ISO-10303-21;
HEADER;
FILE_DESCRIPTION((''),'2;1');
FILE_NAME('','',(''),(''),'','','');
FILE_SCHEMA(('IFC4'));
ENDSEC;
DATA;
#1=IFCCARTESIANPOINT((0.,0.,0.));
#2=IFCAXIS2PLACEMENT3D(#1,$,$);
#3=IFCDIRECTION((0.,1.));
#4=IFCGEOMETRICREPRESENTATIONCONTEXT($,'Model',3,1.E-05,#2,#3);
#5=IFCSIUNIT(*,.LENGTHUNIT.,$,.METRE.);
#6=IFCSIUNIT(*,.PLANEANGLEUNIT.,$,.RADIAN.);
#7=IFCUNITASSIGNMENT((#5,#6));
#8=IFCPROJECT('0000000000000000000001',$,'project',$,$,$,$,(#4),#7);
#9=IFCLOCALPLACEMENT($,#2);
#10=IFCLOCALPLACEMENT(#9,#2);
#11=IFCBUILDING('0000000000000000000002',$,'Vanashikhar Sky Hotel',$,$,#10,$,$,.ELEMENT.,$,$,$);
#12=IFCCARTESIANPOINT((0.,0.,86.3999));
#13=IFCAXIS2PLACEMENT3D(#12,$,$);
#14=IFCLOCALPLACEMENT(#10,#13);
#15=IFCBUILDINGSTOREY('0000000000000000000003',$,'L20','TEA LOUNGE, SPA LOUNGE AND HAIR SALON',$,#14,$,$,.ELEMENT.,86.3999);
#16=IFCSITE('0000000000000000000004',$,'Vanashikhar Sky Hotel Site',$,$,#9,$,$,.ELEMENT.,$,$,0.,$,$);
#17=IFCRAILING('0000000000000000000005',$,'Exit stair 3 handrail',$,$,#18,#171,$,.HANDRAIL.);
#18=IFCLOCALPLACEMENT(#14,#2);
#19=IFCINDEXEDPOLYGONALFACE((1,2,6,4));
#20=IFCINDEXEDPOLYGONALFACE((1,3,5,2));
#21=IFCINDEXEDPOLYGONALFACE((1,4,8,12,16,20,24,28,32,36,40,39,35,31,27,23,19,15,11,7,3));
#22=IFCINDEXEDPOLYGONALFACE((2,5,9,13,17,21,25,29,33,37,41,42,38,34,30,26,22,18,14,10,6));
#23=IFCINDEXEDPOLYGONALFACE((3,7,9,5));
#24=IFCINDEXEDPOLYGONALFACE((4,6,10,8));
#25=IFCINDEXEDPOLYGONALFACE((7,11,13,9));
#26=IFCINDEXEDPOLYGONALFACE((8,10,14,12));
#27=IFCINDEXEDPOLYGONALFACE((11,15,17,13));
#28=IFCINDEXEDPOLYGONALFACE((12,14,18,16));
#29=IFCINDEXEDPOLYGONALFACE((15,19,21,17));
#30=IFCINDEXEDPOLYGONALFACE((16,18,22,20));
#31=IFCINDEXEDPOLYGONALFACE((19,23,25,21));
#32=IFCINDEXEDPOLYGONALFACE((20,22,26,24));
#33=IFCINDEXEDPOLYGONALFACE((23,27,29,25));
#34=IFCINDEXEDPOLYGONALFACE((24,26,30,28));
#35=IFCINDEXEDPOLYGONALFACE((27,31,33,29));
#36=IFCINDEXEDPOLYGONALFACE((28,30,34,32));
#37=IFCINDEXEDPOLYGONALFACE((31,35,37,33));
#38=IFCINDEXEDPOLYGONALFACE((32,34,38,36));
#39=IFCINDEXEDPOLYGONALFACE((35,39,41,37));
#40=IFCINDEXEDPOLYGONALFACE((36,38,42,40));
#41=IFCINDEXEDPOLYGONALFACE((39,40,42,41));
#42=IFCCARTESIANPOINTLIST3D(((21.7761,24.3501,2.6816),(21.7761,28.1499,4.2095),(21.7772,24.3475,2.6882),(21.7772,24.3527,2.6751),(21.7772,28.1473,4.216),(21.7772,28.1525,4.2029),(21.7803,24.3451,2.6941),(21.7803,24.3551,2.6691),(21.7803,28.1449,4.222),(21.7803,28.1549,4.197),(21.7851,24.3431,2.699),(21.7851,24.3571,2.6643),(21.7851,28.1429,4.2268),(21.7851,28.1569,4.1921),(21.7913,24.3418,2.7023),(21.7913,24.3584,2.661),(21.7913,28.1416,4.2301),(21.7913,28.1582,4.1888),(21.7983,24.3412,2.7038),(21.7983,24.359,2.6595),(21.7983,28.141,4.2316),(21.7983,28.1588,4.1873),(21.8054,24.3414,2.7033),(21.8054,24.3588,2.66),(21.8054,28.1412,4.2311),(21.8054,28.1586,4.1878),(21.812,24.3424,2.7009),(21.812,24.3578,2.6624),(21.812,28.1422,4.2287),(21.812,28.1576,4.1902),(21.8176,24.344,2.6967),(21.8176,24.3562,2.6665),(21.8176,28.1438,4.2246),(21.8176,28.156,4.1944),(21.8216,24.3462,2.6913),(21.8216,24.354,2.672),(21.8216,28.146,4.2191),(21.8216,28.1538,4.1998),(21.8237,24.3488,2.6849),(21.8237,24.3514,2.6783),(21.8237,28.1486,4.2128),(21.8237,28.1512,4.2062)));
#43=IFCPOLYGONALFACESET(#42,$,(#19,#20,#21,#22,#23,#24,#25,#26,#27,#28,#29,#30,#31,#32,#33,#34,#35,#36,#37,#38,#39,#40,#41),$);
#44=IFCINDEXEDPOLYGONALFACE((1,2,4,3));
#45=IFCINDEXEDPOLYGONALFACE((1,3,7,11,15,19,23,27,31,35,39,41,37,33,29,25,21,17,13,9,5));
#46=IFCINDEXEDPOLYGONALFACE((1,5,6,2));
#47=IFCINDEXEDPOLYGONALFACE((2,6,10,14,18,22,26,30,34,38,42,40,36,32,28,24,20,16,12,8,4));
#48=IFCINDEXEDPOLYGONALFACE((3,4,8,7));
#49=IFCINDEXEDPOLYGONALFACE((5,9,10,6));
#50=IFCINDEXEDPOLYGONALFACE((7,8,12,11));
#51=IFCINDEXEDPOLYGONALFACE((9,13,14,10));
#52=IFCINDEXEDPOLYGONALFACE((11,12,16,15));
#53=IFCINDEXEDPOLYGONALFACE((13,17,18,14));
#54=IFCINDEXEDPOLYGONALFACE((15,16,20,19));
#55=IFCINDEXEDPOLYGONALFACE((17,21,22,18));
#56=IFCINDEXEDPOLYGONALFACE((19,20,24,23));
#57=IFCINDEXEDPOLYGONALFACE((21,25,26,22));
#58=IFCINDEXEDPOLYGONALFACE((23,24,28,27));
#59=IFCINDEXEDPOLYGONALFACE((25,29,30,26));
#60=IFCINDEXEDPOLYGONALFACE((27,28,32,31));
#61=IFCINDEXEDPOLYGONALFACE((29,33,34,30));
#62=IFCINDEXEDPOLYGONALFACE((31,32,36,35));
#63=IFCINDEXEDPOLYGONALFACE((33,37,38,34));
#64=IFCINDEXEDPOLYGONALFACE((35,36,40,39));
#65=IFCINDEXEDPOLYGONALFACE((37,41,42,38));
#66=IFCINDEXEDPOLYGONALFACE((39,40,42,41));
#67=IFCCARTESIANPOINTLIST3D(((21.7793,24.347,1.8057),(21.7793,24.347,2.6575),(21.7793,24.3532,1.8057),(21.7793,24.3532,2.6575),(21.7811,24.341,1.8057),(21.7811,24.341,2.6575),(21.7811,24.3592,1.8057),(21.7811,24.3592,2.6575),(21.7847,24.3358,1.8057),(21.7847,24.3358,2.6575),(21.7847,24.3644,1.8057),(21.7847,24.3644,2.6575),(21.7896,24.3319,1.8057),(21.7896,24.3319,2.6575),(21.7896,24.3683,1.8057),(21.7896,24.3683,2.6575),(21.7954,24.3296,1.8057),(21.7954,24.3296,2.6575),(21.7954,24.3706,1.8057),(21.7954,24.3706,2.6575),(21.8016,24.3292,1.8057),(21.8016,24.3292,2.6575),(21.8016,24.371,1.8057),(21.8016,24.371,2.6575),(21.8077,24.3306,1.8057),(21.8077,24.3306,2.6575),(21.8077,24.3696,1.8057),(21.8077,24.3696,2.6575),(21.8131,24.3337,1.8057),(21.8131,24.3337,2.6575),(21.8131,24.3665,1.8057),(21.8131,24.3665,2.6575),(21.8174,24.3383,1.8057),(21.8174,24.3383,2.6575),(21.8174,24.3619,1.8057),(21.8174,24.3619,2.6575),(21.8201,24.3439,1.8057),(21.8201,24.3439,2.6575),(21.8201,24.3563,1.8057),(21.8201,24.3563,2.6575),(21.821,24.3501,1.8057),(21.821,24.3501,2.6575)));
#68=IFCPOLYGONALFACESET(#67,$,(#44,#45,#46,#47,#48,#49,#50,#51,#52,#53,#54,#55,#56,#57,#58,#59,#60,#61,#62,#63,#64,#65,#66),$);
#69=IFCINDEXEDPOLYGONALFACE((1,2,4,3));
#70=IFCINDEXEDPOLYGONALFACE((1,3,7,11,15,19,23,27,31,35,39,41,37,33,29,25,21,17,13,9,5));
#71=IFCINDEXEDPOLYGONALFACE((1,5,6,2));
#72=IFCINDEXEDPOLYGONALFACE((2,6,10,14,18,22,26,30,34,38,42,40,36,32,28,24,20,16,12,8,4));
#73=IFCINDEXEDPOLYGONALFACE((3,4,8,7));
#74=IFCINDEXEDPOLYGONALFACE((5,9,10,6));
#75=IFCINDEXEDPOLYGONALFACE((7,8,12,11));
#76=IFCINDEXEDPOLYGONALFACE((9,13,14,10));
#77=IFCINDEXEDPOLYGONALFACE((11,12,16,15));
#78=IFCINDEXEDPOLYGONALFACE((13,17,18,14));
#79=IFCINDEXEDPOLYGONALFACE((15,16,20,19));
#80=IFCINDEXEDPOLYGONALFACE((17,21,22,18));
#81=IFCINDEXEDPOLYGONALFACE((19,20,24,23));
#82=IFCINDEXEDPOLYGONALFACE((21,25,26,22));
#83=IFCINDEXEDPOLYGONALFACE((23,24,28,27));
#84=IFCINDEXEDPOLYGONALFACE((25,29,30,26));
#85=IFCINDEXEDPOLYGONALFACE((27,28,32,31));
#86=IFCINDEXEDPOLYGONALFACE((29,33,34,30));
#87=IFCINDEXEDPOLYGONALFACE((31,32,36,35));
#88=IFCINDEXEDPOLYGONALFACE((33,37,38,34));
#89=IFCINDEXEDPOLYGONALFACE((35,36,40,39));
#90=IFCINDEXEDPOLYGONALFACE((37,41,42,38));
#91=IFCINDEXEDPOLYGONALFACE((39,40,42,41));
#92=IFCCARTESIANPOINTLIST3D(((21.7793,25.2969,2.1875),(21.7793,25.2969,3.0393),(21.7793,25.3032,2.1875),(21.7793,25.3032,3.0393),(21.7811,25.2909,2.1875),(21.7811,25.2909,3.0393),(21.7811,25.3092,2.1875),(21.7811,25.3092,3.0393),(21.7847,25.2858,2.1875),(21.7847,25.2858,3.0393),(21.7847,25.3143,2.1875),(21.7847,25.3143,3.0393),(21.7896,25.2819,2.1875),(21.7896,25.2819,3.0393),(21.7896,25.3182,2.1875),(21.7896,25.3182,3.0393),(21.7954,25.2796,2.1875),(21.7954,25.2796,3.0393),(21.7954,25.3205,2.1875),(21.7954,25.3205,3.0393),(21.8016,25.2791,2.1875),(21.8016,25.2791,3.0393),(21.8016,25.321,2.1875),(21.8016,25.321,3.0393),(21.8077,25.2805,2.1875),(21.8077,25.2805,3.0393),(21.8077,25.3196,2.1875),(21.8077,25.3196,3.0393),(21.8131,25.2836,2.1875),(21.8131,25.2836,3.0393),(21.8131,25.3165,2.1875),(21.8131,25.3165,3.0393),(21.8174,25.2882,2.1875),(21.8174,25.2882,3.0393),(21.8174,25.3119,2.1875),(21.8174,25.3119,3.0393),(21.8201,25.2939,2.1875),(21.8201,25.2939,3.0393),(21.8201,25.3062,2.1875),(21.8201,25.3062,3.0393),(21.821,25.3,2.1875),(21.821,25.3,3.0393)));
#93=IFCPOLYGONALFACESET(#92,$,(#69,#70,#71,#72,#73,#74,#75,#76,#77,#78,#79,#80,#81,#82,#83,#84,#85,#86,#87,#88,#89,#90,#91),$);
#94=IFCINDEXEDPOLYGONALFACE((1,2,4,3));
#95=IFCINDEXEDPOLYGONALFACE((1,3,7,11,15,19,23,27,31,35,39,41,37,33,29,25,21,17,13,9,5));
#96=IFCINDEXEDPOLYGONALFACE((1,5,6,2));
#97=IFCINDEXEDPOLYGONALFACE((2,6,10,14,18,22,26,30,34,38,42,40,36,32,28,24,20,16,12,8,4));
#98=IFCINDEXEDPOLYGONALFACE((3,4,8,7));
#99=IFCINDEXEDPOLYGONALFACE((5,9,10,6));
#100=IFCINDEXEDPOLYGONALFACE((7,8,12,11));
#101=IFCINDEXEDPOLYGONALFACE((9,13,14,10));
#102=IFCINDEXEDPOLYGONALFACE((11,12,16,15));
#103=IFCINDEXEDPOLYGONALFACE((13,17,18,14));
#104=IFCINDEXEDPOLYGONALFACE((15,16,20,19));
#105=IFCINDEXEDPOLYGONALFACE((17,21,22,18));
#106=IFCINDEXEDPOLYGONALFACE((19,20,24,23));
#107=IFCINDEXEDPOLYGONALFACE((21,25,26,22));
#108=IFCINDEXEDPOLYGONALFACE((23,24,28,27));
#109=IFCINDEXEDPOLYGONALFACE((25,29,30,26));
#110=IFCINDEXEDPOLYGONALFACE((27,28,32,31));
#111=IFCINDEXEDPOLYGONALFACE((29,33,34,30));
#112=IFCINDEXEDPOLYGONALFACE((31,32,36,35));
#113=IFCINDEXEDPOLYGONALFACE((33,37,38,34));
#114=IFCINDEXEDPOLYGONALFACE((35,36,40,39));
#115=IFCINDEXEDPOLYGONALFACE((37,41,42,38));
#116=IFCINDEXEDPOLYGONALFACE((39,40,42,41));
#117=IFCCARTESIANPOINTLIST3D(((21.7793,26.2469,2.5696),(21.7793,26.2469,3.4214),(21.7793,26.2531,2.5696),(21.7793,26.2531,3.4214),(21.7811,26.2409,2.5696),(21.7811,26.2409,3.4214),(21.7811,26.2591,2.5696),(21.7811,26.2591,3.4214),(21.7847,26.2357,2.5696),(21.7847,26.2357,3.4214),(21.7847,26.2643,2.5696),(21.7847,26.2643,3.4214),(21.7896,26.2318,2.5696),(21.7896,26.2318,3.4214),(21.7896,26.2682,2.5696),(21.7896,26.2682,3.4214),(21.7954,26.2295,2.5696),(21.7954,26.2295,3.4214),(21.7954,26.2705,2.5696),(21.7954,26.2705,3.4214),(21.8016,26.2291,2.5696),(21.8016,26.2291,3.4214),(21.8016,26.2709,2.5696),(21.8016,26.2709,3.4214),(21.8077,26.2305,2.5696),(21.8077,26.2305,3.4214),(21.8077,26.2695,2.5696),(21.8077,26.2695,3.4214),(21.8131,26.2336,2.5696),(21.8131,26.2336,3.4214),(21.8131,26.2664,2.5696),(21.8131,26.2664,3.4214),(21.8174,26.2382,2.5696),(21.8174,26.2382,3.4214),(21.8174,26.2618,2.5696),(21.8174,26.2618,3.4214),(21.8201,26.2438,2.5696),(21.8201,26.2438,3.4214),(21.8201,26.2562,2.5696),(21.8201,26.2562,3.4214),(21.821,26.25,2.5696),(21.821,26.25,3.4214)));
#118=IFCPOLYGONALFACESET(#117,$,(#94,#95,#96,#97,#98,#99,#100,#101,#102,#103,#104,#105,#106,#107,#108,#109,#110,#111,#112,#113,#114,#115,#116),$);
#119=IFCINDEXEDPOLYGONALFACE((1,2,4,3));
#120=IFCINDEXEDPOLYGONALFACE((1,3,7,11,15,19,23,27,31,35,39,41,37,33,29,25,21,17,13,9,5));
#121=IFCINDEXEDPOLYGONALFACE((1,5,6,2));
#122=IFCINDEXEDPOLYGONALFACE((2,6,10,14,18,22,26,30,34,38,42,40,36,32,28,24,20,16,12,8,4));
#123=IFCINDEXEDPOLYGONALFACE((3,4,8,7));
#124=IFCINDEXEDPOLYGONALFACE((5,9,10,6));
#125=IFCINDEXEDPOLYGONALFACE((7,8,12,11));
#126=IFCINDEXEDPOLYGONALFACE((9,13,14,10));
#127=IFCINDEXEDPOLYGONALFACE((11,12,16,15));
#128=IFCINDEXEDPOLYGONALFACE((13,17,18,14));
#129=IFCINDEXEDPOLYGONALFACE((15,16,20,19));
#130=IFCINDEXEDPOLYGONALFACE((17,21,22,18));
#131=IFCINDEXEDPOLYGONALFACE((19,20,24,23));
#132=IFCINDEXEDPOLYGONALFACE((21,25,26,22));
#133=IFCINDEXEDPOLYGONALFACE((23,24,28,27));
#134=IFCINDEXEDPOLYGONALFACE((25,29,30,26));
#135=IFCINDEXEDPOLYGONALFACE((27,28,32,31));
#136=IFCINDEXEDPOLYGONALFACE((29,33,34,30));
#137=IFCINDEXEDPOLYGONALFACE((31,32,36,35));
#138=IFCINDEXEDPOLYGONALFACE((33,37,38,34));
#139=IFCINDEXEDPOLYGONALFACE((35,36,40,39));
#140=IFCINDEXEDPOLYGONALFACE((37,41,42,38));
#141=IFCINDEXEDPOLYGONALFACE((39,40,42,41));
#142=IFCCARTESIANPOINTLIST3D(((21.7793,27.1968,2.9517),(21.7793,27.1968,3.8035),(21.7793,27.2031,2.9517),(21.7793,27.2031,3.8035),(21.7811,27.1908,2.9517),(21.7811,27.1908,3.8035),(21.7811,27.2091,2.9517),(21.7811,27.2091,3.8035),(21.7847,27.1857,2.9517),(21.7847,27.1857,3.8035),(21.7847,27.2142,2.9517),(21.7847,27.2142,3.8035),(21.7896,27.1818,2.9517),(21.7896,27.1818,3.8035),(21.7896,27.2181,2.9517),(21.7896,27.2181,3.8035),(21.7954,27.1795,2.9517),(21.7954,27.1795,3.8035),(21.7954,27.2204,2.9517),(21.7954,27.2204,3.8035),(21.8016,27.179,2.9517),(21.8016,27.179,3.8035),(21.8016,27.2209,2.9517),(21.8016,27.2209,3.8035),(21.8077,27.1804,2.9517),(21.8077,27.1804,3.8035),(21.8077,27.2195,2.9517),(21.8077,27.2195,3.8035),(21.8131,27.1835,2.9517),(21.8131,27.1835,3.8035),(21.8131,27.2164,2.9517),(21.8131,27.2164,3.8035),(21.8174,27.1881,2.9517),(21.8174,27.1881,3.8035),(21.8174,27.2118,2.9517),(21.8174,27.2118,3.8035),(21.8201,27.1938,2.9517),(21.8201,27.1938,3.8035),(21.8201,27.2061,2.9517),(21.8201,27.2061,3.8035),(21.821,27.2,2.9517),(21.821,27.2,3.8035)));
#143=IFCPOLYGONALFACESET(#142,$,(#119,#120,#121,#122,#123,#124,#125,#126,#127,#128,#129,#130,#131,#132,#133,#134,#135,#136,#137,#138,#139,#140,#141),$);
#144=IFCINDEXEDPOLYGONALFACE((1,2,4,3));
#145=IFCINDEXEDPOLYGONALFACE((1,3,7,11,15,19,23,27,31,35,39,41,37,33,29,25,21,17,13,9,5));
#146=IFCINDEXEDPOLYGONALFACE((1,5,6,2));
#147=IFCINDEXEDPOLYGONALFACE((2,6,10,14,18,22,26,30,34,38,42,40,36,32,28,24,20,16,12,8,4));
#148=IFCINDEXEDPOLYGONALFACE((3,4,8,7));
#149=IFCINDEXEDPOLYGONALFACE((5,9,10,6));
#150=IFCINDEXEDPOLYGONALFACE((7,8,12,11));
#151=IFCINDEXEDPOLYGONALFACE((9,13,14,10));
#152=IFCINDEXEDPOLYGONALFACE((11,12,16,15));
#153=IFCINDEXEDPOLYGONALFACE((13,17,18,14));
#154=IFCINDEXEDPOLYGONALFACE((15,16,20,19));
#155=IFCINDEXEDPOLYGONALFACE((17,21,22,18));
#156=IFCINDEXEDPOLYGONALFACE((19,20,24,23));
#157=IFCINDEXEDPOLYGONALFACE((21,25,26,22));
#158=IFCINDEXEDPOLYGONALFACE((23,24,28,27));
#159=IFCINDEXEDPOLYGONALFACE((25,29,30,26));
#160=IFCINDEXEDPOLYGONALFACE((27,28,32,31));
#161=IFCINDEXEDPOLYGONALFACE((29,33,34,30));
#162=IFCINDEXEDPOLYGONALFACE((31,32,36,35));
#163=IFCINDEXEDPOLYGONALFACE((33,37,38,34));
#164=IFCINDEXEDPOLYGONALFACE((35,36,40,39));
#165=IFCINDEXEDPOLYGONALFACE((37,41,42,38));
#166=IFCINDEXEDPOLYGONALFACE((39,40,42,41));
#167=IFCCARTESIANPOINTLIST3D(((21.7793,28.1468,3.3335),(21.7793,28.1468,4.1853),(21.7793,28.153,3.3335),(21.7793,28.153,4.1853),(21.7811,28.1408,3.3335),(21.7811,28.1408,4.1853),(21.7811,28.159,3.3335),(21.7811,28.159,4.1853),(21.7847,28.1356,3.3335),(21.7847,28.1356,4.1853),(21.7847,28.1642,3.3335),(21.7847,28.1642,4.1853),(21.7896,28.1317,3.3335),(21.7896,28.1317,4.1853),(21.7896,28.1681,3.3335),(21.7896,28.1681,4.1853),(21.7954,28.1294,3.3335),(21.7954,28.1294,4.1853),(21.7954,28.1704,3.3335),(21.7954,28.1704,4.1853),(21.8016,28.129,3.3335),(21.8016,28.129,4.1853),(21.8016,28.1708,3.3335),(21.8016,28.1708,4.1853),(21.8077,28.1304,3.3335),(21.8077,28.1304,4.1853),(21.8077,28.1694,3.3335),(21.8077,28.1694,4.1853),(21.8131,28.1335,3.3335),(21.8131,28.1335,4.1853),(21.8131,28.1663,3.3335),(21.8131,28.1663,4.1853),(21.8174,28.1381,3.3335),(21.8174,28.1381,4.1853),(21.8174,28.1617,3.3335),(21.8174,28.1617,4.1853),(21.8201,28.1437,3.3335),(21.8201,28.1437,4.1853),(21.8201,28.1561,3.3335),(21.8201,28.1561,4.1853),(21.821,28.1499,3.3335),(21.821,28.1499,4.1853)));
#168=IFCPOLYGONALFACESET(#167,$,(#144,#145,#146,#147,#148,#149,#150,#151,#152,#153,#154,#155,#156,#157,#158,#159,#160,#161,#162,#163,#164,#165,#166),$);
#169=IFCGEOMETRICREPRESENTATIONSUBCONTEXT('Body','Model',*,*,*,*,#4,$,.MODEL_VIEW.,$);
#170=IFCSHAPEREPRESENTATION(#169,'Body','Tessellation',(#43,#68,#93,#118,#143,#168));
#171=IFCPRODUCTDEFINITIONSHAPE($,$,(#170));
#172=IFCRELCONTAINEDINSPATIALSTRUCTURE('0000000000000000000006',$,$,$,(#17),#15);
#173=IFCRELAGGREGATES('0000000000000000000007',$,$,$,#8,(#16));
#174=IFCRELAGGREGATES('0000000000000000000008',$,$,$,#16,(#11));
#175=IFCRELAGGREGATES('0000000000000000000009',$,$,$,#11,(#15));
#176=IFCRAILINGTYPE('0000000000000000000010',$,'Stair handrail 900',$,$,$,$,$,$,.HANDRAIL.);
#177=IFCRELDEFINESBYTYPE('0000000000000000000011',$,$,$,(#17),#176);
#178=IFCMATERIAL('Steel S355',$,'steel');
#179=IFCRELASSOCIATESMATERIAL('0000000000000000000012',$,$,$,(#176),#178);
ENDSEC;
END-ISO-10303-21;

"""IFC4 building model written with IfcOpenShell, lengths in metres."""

from ifc_helpers import new_model, si_unit, direction, frame, origin, origin_2d, place, context, subcontext, project, spatial, circle, extrude, source, transform, mapped, material, type_object, element, save


model = new_model("IFC4")

# Units and contexts
model_context = context("Model", 3, precision=1e-05, world=origin(), true_north=direction((0.0, 1.0)))
body_context = subcontext(model_context, "Body", "Model", "MODEL_VIEW")
ifc_project = project(units=[si_unit("LENGTHUNIT", "METRE"), si_unit("PLANEANGLEUNIT", "RADIAN")], contexts=[model_context])

# Site, building, storey
site_placement = place(None, origin())
site = spatial("IfcSite", under=ifc_project, at=site_placement, Name="Vanashikhar Sky Hotel Site", CompositionType="ELEMENT", RefElevation=0.0)
building_placement = place(site_placement, origin())
building = spatial("IfcBuilding", under=site, at=building_placement, Name="Vanashikhar Sky Hotel", CompositionType="ELEMENT")
storey_placement = place(building_placement, frame((0.0, 0.0, 86.3999)))
storey = spatial("IfcBuildingStorey", under=building, at=storey_placement, Name="L20", Description="TEA LOUNGE, SPA LOUNGE AND HAIR SALON", CompositionType="ELEMENT", Elevation=86.3999)

# Railing
ifc_material_1 = material(Name="Steel S355", Category="steel")
railing_type_1 = type_object("IfcRailingType", Name="Stair handrail 900", PredefinedType="HANDRAIL", material=ifc_material_1)
shared_shape_1 = source(origin(), body_context, "Body", "SweptSolid", [
    extrude(circle(Radius=0.0239, at=origin_2d()), frame((0.0, 0.0, 0.876), z_axis=(0.0, 0.927809, 0.373055), x_axis=(-1.0, 0.0, 0.0)), (0.0, 0.0, 1.0), 4.0955),
    extrude(circle(Radius=0.021, at=origin_2d()), origin(), (0.0, 0.0, 1.0), 0.8518),
    extrude(circle(Radius=0.021, at=origin_2d()), frame((0.0, 0.95, 0.3818)), (0.0, 0.0, 1.0), 0.8518),
    extrude(circle(Radius=0.021, at=origin_2d()), frame((0.0, 1.8999, 0.7639)), (0.0, 0.0, 1.0), 0.8518),
    extrude(circle(Radius=0.021, at=origin_2d()), frame((0.0, 2.8499, 1.146)), (0.0, 0.0, 1.0), 0.8518),
    extrude(circle(Radius=0.021, at=origin_2d()), frame((0.0, 3.7998, 1.5278)), (0.0, 0.0, 1.0), 0.8518),
])
railing_1_placement = place(storey_placement, frame((21.8, 24.3501, 1.8057)))
element("IfcRailing", 1, at=railing_1_placement, inside=storey, type_object=railing_type_1, Name="Exit stair 3 handrail", PredefinedType="HANDRAIL", context=body_context, shape_type="MappedRepresentation", body=[
    mapped(shared_shape_1, transform((0.0, 0.0, 0.0), scale=1.0)),
])

save(model, "model.ifc")
